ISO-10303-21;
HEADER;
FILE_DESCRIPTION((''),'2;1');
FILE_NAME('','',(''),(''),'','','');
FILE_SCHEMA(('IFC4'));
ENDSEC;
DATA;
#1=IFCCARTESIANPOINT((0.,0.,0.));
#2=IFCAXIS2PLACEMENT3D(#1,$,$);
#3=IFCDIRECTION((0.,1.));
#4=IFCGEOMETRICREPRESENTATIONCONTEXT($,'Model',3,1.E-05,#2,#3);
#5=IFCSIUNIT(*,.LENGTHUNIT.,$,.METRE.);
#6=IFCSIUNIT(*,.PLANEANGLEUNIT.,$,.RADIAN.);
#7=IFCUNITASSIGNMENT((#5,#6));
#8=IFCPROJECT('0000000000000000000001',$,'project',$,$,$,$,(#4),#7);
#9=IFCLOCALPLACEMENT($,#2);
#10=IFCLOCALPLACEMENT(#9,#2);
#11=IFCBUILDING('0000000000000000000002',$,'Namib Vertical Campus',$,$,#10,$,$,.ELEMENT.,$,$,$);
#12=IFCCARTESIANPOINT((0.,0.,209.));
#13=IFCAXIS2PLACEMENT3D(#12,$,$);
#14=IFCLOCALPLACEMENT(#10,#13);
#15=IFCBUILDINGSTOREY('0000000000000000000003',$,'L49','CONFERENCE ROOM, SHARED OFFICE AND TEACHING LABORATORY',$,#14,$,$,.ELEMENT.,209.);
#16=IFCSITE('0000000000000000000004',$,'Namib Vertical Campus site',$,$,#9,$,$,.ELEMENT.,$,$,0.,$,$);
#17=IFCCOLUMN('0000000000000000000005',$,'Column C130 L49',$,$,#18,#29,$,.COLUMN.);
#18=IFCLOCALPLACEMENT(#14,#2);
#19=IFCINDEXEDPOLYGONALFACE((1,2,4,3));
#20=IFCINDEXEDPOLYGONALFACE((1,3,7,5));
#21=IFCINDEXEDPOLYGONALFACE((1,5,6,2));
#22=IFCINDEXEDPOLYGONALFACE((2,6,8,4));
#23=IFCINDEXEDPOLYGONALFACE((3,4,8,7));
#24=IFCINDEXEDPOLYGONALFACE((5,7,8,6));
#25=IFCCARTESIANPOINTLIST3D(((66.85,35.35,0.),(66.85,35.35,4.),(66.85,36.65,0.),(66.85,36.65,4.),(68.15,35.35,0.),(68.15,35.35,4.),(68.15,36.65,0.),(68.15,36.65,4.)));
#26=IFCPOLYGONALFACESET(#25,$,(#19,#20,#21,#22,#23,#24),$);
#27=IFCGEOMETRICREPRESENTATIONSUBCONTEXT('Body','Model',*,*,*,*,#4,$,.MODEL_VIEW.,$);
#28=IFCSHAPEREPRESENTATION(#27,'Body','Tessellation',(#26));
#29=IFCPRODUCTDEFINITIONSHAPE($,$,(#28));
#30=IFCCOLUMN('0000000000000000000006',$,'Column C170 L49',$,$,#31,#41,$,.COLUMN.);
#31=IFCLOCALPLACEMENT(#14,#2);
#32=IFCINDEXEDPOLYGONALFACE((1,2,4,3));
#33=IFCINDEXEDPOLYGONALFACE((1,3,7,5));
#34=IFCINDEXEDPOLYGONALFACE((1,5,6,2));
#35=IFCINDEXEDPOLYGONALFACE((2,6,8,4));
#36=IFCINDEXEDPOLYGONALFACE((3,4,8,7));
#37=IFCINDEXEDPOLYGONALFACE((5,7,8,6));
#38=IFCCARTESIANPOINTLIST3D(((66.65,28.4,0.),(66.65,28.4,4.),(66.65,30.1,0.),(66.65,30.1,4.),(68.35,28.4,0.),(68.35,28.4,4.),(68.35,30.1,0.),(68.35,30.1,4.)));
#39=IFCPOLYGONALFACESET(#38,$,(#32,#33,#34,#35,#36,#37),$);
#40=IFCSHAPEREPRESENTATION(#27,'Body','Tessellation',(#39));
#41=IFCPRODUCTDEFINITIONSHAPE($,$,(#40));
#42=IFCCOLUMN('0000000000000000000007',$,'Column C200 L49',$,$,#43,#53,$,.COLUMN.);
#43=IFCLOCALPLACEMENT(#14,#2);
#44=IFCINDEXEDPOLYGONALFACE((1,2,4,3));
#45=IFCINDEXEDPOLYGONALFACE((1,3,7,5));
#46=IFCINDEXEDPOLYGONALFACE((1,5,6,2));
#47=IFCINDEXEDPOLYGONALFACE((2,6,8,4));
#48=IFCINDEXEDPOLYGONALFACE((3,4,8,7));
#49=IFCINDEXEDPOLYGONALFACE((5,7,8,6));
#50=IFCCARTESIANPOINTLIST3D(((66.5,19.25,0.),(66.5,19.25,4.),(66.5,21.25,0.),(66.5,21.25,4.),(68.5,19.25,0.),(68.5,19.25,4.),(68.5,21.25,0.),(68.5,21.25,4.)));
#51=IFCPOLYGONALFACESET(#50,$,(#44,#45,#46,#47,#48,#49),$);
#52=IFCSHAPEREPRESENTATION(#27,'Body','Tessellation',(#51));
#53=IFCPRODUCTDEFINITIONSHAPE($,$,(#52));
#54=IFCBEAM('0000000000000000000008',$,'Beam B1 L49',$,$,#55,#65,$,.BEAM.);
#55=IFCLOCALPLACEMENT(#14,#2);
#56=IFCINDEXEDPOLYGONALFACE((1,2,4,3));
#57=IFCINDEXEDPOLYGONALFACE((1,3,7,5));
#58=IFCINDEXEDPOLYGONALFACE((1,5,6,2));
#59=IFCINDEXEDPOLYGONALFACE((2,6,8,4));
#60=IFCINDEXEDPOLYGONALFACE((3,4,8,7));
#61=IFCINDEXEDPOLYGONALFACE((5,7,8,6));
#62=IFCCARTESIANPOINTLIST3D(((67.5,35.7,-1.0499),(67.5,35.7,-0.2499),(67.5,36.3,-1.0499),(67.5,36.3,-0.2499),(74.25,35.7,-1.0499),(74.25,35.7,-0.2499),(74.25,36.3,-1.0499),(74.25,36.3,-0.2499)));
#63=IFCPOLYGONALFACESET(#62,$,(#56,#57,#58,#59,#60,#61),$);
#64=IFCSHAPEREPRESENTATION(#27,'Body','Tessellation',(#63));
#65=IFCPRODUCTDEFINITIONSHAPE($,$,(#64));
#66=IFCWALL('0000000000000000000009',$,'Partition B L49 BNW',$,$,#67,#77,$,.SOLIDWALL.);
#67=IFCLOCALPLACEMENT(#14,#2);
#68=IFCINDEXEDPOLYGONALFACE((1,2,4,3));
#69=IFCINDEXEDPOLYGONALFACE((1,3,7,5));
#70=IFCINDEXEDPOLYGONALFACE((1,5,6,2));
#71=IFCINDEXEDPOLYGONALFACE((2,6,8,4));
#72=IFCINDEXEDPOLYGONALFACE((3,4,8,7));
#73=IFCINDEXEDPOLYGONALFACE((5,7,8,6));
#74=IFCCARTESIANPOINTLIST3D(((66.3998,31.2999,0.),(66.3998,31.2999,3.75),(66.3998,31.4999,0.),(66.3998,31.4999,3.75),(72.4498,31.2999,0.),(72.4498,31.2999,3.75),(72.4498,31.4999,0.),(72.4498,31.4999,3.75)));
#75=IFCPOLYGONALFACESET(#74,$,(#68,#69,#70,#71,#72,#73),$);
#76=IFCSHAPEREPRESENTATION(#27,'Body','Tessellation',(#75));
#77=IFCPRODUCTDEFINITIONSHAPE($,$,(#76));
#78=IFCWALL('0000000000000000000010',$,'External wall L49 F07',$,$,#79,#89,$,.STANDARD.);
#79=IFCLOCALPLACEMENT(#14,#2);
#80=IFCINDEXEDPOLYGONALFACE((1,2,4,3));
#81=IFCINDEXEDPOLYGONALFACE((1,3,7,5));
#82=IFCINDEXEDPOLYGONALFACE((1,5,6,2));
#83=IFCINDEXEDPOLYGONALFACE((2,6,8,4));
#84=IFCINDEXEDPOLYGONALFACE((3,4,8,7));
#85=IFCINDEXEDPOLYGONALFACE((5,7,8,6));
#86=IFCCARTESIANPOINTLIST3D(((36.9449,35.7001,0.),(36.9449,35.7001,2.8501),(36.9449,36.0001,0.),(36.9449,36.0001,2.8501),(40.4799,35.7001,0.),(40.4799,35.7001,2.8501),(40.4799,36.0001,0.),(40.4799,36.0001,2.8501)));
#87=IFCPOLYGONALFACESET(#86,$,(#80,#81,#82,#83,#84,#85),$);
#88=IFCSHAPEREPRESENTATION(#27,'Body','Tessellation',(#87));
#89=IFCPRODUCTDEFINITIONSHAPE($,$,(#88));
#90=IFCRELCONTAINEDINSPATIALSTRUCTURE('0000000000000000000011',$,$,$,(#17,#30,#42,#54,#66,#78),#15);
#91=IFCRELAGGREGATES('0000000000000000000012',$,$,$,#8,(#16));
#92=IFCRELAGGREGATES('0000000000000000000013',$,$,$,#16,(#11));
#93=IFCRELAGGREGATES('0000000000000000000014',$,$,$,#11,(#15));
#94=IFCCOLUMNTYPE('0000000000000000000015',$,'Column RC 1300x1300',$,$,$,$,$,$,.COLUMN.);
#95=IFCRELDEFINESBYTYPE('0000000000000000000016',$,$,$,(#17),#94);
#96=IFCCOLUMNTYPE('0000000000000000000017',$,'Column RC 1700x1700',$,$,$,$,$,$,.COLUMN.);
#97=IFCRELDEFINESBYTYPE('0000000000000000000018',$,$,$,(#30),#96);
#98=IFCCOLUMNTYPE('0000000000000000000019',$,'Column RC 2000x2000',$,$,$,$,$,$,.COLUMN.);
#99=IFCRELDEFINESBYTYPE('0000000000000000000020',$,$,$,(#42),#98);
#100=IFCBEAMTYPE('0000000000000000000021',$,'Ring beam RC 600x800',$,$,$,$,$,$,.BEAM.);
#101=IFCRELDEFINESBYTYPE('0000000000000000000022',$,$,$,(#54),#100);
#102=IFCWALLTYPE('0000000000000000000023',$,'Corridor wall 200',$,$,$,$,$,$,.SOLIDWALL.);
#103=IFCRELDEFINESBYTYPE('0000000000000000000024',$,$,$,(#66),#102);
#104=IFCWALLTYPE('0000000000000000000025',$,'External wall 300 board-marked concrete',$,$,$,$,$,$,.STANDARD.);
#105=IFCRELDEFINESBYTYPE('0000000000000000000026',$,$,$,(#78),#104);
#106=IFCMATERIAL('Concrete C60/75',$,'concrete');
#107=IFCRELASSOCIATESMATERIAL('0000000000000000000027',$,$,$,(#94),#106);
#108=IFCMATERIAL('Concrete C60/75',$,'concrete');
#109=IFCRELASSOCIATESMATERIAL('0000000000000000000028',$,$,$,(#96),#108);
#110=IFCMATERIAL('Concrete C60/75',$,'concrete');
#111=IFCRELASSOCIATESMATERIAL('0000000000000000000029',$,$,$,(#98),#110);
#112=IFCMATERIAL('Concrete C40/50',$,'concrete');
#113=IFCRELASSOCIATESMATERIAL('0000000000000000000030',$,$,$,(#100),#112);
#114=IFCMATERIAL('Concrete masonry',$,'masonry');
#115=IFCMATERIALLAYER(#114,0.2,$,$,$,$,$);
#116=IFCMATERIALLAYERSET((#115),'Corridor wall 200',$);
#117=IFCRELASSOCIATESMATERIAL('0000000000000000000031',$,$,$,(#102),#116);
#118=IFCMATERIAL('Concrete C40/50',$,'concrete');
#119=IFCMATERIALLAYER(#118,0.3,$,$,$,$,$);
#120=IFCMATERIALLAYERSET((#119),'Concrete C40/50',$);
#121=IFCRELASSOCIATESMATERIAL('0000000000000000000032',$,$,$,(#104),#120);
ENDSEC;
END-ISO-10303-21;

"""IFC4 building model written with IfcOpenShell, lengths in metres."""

from ifc_helpers import new_model, si_unit, direction, frame, frame_2d, origin, origin_2d, place, context, subcontext, project, spatial, rectangle, extrude, material, layer, layer_set, material_profile, profile_set, type_object, element, save


model = new_model("IFC4")

# Units and contexts
model_context = context("Model", 3, precision=1e-05, world=origin(), true_north=direction((0.0, 1.0)))
body_context = subcontext(model_context, "Body", "Model", "MODEL_VIEW")
ifc_project = project(units=[si_unit("LENGTHUNIT", "METRE"), si_unit("PLANEANGLEUNIT", "RADIAN")], contexts=[model_context])

# Site, building, storey
site_placement = place(None, origin())
site = spatial("IfcSite", under=ifc_project, at=site_placement, Name="Namib Vertical Campus site", CompositionType="ELEMENT", RefElevation=0.0)
building_placement = place(site_placement, origin())
building = spatial("IfcBuilding", under=site, at=building_placement, Name="Namib Vertical Campus", CompositionType="ELEMENT")
storey_placement = place(building_placement, frame((0.0, 0.0, 209.0)))
storey = spatial("IfcBuildingStorey", under=building, at=storey_placement, Name="L49", Description="CONFERENCE ROOM, SHARED OFFICE AND TEACHING LABORATORY", CompositionType="ELEMENT", Elevation=209.0)

# Columns
ifc_material_1 = material(Name="Concrete C60/75", Category="concrete")
ifc_material_profile_1 = material_profile(ifc_material_1, rectangle(XDim=1.3, YDim=1.3, at=origin_2d()))
ifc_profile_set_1 = profile_set([ifc_material_profile_1], Name="Concrete C60/75")
column_type_1 = type_object("IfcColumnType", Name="Column RC 1300x1300", PredefinedType="COLUMN", material=ifc_profile_set_1)
column_1_placement = place(storey_placement, frame((67.5, 36.0, 0.0), z_axis=(0.0, 0.0, 1.0), x_axis=(1.0, 0.0, 0.0)))
element("IfcColumn", 1, at=column_1_placement, inside=storey, type_object=column_type_1, Name="Column C130 L49", PredefinedType="COLUMN", context=body_context, shape_type="SweptSolid", body=[
    extrude(rectangle(XDim=1.3, YDim=1.3, at=origin_2d()), origin(), (0.0, 0.0, 1.0), 4.0),
])
ifc_material_2 = material(Name="Concrete C60/75", Category="concrete")
ifc_material_profile_2 = material_profile(ifc_material_2, rectangle(XDim=1.7, YDim=1.7, at=origin_2d()))
ifc_profile_set_2 = profile_set([ifc_material_profile_2], Name="Concrete C60/75")
column_type_2 = type_object("IfcColumnType", Name="Column RC 1700x1700", PredefinedType="COLUMN", material=ifc_profile_set_2)
column_2_placement = place(storey_placement, frame((67.5, 29.25, 0.0), z_axis=(0.0, 0.0, 1.0), x_axis=(1.0, 0.0, 0.0)))
element("IfcColumn", 2, at=column_2_placement, inside=storey, type_object=column_type_2, Name="Column C170 L49", PredefinedType="COLUMN", context=body_context, shape_type="SweptSolid", body=[
    extrude(rectangle(XDim=1.7, YDim=1.7, at=origin_2d()), origin(), (0.0, 0.0, 1.0), 4.0),
])
ifc_material_3 = material(Name="Concrete C60/75", Category="concrete")
ifc_material_profile_3 = material_profile(ifc_material_3, rectangle(XDim=2.0, YDim=2.0, at=origin_2d()))
ifc_profile_set_3 = profile_set([ifc_material_profile_3], Name="Concrete C60/75")
column_type_3 = type_object("IfcColumnType", Name="Column RC 2000x2000", PredefinedType="COLUMN", material=ifc_profile_set_3)
column_3_placement = place(storey_placement, frame((67.5, 20.25, 0.0), z_axis=(0.0, 0.0, 1.0), x_axis=(1.0, 0.0, 0.0)))
element("IfcColumn", 3, at=column_3_placement, inside=storey, type_object=column_type_3, Name="Column C200 L49", PredefinedType="COLUMN", context=body_context, shape_type="SweptSolid", body=[
    extrude(rectangle(XDim=2.0, YDim=2.0, at=origin_2d()), origin(), (0.0, 0.0, 1.0), 4.0),
])

# Beam
ifc_material_4 = material(Name="Concrete C40/50", Category="concrete")
ifc_material_profile_4 = material_profile(ifc_material_4, rectangle(XDim=0.6001, YDim=0.8, at=origin_2d()))
ifc_profile_set_4 = profile_set([ifc_material_profile_4], Name="Concrete C40/50")
beam_type = type_object("IfcBeamType", Name="Ring beam RC 600x800", PredefinedType="BEAM", material=ifc_profile_set_4)
beam_placement = place(storey_placement, frame((67.5, 36.0, -0.6499), z_axis=(1.0, 0.0, 0.0), x_axis=(0.0, 1.0, 0.0)))
element("IfcBeam", 4, at=beam_placement, inside=storey, type_object=beam_type, Name="Beam B1 L49", PredefinedType="BEAM", context=body_context, shape_type="SweptSolid", body=[
    extrude(rectangle(XDim=0.6001, YDim=0.8, at=origin_2d()), origin(), (0.0, 0.0, 1.0), 6.75),
])

# Walls
ifc_material_5 = material(Name="Concrete masonry", Category="masonry")
ifc_layer_1 = layer(ifc_material_5, 0.2)
ifc_layer_set_1 = layer_set([ifc_layer_1], Name="Corridor wall 200")
wall_type_1 = type_object("IfcWallType", Name="Corridor wall 200", PredefinedType="SOLIDWALL", material=ifc_layer_set_1)
wall_1_placement = place(storey_placement, frame((66.3999, 31.3999, 0.0), z_axis=(0.0, 0.0, 1.0), x_axis=(1.0, 0.0, 0.0)))
element("IfcWall", 5, at=wall_1_placement, inside=storey, type_object=wall_type_1, Name="Partition B L49 BNW", PredefinedType="SOLIDWALL", context=body_context, shape_type="SweptSolid", body=[
    extrude(rectangle(XDim=6.05, YDim=0.2, at=frame_2d((3.0249, 0.0))), origin(), (0.0, 0.0, 1.0), 3.75),
])
ifc_material_6 = material(Name="Concrete C40/50", Category="concrete")
ifc_layer_2 = layer(ifc_material_6, 0.3)
ifc_layer_set_2 = layer_set([ifc_layer_2], Name="Concrete C40/50")
wall_type_2 = type_object("IfcWallType", Name="External wall 300 board-marked concrete", PredefinedType="STANDARD", material=ifc_layer_set_2)
wall_2_placement = place(storey_placement, frame((40.48, 35.8501, 0.0), z_axis=(0.0, 0.0, 1.0), x_axis=(-1.0, 0.0, 0.0)))
element("IfcWall", 6, at=wall_2_placement, inside=storey, type_object=wall_type_2, Name="External wall L49 F07", PredefinedType="STANDARD", context=body_context, shape_type="SweptSolid", body=[
    extrude(rectangle(XDim=3.5349, YDim=0.3, at=frame_2d((1.7676, 0.0))), origin(), (0.0, 0.0, 1.0), 2.8501),
])

save(model, "model.ifc")
